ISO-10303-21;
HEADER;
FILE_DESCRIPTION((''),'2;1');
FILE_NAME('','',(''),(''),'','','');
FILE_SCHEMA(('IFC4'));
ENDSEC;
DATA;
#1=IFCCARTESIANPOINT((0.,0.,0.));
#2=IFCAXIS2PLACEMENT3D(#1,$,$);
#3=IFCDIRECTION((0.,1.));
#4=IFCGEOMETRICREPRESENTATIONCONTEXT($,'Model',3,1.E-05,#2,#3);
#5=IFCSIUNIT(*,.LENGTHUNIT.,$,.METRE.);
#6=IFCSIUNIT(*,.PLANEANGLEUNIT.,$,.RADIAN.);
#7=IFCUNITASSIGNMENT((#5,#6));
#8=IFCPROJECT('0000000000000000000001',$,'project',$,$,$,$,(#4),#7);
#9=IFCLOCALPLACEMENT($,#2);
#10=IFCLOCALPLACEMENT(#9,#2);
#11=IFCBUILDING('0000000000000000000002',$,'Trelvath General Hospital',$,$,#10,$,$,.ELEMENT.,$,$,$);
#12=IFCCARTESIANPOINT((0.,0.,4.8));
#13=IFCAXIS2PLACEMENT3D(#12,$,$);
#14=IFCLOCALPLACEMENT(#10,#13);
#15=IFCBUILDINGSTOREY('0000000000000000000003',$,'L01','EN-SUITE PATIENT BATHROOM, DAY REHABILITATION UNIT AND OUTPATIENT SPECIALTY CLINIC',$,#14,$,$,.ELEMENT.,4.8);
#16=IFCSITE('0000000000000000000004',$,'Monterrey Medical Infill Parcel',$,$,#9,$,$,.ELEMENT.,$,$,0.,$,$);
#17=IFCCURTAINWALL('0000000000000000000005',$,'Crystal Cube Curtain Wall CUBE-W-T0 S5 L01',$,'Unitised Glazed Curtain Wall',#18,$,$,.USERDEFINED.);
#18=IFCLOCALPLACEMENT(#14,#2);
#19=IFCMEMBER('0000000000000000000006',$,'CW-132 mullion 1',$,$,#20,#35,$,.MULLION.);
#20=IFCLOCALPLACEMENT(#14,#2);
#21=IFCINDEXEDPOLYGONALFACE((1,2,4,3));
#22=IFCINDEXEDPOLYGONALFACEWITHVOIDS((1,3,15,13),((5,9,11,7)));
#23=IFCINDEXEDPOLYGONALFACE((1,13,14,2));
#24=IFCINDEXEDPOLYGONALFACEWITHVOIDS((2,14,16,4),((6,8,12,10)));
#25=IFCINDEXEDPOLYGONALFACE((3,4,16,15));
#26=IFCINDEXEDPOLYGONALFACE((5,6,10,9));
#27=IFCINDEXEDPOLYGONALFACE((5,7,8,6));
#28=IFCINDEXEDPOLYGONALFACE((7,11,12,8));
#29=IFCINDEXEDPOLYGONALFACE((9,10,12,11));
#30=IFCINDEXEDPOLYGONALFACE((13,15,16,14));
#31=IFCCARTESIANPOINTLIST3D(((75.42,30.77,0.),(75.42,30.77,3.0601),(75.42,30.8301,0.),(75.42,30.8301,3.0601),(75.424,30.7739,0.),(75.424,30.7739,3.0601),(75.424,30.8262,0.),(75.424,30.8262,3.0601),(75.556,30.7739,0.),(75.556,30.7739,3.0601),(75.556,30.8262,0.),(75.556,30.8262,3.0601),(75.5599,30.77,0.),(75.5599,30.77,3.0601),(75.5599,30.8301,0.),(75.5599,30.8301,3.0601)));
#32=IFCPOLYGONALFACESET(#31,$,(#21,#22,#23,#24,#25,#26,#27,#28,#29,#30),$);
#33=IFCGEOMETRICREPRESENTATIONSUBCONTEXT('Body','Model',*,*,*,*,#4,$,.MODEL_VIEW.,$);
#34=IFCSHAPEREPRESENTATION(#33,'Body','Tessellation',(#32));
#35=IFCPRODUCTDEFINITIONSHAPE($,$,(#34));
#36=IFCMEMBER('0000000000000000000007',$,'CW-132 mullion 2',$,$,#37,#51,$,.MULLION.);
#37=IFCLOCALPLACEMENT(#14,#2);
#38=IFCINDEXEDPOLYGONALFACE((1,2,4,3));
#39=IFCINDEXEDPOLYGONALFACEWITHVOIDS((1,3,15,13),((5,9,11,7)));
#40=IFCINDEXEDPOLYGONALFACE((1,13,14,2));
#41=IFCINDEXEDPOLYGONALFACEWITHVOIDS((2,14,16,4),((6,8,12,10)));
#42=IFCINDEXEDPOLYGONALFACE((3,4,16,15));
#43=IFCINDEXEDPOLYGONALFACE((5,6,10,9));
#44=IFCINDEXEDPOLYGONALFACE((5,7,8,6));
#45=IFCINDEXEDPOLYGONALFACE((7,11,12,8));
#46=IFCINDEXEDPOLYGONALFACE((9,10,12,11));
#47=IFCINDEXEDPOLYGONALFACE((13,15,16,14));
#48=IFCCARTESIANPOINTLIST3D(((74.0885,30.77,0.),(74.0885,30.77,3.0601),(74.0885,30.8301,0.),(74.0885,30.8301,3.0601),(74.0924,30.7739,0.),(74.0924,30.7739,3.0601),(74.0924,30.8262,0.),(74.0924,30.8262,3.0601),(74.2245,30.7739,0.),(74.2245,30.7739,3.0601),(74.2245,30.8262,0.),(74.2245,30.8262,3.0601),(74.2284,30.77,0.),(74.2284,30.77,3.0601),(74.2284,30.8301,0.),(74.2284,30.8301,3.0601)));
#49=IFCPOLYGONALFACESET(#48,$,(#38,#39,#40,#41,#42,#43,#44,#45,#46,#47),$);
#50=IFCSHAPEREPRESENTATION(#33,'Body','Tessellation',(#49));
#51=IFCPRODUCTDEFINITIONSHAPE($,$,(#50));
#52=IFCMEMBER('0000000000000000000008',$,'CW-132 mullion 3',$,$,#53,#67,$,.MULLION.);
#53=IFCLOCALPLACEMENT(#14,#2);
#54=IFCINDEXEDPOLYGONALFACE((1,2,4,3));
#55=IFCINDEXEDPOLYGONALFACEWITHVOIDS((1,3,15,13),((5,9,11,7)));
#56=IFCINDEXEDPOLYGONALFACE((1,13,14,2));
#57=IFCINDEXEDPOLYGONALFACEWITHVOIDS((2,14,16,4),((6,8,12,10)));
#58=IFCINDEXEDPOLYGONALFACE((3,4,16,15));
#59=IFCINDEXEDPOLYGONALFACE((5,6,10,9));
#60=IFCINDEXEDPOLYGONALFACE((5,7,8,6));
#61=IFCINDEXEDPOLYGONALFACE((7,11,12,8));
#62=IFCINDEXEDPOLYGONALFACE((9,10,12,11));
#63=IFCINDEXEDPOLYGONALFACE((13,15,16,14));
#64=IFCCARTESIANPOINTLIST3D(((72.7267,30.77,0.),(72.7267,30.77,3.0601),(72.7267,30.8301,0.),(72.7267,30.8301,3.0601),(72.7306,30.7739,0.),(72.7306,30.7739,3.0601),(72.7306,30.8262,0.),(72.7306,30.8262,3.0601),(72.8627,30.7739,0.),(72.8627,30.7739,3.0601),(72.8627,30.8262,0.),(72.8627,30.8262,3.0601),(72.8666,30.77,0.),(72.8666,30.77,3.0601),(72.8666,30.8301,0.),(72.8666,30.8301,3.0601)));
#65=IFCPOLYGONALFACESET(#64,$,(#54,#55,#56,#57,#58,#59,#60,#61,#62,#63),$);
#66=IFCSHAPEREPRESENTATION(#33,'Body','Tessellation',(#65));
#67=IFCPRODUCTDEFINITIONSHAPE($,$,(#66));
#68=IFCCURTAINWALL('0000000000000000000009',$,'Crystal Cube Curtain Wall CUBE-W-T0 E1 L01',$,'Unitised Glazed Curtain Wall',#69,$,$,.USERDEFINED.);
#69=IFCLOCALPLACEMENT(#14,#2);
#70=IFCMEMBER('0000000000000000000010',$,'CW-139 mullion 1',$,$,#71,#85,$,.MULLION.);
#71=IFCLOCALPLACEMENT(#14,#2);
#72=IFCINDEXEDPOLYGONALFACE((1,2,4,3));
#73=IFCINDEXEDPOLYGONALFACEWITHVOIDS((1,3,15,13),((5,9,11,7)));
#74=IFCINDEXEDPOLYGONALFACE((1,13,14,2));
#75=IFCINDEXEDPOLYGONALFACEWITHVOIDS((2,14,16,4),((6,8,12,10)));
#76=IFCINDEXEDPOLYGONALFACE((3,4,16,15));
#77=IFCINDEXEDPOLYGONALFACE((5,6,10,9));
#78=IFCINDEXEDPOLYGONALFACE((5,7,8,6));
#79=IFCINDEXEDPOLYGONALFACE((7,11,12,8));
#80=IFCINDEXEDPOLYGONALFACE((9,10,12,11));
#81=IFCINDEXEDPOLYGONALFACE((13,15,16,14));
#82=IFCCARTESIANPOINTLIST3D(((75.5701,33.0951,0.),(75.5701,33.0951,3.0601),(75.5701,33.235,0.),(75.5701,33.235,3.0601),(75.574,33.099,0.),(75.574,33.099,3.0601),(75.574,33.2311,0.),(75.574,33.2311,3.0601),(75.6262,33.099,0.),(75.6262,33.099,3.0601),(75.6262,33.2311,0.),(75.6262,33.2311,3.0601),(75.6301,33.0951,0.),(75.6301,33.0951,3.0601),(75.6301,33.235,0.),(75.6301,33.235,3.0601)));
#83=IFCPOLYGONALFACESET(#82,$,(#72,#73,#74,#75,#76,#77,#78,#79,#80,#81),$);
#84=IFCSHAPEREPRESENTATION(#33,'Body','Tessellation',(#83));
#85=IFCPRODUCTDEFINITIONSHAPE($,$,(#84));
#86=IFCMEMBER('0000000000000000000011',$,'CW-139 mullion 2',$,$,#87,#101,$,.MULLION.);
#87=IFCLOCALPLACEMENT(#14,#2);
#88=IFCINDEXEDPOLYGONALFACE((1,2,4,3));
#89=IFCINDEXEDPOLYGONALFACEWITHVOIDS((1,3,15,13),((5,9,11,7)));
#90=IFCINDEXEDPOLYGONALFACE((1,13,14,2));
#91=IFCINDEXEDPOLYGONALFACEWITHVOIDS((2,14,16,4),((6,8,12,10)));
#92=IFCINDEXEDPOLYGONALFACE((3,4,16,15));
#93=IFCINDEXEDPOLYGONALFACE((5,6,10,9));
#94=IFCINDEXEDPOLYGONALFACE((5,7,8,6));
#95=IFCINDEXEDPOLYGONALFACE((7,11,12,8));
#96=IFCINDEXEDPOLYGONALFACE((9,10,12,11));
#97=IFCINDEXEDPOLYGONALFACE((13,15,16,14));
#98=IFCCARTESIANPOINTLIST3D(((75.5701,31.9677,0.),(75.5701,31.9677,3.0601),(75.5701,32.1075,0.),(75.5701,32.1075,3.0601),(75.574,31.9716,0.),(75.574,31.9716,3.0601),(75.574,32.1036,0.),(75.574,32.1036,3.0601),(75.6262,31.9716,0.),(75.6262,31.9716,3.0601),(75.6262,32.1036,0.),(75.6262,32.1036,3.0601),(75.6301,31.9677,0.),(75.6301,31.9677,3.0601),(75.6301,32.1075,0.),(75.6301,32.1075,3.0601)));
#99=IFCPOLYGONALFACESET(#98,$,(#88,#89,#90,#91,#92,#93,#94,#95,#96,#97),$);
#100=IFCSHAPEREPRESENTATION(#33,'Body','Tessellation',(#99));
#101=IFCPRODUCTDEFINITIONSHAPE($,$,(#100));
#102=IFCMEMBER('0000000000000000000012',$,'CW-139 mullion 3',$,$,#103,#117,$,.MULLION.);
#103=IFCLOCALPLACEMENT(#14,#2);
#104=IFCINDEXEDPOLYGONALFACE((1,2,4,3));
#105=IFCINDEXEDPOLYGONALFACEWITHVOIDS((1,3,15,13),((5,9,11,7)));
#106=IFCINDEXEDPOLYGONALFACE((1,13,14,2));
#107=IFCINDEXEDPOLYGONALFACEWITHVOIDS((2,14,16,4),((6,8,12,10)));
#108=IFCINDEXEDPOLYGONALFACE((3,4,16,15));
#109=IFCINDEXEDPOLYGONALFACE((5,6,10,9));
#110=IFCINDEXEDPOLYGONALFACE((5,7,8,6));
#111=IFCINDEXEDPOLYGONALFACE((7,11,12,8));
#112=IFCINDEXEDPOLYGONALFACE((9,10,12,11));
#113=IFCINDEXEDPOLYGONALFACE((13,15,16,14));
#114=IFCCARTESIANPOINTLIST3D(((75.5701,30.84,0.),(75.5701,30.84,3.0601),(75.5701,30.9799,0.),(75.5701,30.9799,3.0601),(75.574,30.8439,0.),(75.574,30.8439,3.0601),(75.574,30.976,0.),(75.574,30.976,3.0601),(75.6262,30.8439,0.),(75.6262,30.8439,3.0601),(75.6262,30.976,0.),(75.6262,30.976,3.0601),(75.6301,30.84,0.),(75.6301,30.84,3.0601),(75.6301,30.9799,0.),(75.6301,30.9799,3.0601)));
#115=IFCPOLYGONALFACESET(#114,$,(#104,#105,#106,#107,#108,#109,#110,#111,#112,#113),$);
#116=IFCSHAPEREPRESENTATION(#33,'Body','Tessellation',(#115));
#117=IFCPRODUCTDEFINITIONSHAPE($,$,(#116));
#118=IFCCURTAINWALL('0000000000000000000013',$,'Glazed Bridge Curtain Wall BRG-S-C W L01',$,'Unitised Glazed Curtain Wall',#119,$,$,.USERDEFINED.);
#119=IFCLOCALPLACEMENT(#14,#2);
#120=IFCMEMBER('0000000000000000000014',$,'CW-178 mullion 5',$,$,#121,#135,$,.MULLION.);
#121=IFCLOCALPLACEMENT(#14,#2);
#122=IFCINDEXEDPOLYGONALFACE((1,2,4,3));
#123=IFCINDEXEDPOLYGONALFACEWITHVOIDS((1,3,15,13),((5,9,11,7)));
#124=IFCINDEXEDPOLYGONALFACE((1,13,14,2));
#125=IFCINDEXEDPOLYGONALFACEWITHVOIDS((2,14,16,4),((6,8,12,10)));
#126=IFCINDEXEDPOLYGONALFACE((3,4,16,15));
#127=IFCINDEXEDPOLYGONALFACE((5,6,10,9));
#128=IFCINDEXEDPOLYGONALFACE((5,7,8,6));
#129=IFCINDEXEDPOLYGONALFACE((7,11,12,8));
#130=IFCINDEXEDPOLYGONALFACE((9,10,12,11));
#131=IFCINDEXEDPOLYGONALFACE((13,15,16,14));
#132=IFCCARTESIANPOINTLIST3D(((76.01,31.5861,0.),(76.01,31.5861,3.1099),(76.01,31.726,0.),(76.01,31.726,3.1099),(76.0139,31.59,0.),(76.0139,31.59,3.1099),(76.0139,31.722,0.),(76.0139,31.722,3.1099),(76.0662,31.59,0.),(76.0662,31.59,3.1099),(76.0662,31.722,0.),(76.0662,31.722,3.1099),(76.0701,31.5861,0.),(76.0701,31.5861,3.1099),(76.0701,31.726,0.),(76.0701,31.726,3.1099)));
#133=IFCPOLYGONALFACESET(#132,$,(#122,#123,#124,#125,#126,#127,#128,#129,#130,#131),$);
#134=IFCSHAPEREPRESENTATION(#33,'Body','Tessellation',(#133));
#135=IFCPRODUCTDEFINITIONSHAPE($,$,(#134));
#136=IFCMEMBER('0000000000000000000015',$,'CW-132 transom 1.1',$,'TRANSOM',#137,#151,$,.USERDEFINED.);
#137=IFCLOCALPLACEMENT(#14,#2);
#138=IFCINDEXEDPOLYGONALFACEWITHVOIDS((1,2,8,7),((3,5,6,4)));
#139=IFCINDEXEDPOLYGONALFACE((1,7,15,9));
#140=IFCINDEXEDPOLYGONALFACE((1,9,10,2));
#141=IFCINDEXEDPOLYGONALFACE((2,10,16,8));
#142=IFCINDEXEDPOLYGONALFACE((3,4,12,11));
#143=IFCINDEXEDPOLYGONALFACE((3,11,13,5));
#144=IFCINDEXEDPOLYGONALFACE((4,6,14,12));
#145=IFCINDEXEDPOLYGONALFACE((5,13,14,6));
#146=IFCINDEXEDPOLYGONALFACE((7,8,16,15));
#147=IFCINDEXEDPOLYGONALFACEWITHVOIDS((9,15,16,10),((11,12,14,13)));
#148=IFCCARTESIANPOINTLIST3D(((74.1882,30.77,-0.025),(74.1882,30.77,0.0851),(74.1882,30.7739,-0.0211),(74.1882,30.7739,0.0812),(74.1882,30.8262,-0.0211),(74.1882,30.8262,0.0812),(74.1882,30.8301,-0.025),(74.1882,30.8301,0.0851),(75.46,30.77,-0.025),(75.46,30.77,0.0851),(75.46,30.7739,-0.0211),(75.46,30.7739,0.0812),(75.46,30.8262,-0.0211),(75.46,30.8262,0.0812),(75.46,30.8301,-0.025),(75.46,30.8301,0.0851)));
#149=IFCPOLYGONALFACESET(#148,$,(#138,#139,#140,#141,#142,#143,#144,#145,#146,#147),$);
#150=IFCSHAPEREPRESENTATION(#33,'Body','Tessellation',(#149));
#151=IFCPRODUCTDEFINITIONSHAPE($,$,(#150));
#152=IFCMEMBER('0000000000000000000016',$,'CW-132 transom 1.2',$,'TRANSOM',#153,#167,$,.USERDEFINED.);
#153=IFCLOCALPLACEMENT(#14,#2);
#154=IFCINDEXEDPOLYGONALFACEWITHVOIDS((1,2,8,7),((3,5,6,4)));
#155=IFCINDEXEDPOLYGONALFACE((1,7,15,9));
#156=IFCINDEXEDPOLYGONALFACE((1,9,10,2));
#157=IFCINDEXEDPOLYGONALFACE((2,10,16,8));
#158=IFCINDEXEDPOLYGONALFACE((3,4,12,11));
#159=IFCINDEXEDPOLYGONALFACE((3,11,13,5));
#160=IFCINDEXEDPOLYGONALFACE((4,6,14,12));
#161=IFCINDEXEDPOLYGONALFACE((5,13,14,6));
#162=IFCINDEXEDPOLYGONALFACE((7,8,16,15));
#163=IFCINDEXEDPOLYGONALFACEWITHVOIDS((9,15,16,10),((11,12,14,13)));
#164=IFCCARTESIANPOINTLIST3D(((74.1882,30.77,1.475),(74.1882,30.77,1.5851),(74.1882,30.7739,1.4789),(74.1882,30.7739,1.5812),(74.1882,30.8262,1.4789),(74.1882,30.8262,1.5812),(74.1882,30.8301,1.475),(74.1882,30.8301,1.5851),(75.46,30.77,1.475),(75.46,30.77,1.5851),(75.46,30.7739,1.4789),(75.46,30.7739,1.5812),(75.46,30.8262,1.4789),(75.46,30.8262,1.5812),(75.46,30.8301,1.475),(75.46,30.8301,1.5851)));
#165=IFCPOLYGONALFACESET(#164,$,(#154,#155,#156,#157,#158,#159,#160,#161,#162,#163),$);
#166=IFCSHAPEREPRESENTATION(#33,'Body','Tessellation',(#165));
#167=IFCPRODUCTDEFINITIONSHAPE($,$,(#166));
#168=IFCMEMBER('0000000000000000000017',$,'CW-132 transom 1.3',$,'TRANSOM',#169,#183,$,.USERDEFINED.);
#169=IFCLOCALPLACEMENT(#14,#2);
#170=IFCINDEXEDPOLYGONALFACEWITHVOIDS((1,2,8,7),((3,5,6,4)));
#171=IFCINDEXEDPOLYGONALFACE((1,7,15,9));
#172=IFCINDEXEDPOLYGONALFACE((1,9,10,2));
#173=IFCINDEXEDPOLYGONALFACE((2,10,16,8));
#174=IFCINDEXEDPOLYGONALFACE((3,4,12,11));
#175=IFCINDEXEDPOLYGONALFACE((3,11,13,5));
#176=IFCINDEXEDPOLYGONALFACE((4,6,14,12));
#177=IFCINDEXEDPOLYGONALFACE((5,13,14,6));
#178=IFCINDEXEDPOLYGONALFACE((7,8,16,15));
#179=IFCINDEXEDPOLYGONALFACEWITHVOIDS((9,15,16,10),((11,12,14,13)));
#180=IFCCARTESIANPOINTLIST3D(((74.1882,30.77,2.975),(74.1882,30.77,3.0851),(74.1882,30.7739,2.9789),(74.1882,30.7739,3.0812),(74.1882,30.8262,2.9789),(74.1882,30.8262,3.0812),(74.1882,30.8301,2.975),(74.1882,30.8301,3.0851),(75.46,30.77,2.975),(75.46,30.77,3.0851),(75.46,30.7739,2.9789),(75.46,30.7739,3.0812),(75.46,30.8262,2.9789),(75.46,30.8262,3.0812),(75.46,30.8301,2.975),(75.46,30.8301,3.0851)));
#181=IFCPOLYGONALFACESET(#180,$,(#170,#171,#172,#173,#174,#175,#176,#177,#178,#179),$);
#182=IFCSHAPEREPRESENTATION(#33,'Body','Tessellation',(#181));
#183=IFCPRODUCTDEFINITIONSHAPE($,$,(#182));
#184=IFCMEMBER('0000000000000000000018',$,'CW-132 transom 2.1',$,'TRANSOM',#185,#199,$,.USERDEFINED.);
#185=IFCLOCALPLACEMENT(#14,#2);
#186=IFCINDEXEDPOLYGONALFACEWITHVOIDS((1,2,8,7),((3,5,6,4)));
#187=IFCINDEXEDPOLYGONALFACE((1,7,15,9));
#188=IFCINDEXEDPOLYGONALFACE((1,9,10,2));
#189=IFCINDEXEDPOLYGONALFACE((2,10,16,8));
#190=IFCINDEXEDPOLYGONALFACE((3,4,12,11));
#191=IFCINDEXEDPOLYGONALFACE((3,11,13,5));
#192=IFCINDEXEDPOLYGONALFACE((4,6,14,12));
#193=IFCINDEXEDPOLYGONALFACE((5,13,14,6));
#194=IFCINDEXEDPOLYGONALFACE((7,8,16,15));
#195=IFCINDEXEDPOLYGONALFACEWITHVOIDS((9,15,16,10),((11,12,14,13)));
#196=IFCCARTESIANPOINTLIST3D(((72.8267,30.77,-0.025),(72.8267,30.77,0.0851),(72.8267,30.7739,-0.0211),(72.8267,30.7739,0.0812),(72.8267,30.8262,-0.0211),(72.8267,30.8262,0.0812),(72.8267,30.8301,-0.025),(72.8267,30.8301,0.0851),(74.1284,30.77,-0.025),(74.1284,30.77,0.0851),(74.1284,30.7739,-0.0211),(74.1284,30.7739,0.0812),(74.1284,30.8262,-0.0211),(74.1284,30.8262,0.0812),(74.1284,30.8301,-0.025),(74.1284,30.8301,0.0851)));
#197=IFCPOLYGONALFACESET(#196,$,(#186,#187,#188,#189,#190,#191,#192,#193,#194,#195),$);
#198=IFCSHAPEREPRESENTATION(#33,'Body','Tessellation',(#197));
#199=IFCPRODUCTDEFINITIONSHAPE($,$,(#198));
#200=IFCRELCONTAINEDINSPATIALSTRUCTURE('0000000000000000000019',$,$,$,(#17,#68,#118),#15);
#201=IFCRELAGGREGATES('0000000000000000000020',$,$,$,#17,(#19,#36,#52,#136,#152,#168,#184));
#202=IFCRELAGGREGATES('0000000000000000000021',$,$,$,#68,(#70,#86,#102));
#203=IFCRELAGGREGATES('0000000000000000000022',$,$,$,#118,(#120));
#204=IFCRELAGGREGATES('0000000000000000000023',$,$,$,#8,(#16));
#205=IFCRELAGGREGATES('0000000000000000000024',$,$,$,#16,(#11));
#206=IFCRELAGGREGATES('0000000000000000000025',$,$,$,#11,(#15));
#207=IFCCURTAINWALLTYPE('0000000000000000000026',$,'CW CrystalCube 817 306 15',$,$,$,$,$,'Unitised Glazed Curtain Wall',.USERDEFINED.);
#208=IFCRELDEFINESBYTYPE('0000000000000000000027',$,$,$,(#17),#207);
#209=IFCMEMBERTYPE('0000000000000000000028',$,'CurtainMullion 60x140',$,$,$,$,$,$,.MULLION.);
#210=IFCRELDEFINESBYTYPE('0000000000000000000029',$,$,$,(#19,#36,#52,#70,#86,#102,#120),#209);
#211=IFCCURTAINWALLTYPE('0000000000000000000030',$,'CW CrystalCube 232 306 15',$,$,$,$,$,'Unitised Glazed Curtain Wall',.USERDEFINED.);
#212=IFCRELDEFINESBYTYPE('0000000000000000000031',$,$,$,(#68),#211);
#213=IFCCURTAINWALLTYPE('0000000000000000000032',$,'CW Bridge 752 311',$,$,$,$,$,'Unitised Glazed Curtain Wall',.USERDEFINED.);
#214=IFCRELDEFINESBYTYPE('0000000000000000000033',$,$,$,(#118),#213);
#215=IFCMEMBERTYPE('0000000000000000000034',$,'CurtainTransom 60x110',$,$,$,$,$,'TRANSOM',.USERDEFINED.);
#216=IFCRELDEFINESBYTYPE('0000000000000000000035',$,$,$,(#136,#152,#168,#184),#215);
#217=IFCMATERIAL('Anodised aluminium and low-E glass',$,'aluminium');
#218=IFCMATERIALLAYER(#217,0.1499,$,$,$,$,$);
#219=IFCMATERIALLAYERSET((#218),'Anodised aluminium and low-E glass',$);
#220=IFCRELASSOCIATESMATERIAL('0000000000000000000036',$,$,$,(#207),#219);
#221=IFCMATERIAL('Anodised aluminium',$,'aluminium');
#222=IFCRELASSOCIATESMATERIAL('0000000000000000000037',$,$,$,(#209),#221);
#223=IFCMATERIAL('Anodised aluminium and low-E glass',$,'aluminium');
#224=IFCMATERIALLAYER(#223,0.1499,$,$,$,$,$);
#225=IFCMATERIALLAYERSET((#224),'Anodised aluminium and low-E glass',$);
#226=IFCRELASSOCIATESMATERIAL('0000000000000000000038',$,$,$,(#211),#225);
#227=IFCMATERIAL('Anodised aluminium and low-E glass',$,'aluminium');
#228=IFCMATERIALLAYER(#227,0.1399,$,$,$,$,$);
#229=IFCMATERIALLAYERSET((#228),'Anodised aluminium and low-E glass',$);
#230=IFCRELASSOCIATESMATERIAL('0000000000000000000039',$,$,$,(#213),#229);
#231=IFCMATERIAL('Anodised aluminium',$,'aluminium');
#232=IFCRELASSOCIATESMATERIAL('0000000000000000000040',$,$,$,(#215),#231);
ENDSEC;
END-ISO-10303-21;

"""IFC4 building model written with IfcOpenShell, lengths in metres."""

from ifc_helpers import new_model, si_unit, direction, frame, origin, origin_2d, place, context, subcontext, project, spatial, hollow_rectangle, extrude, material, layer, layer_set, material_profile, profile_set, type_object, element, aggregate, save


model = new_model("IFC4")

# Units and contexts
model_context = context("Model", 3, precision=1e-05, world=origin(), true_north=direction((0.0, 1.0)))
body_context = subcontext(model_context, "Body", "Model", "MODEL_VIEW")
ifc_project = project(units=[si_unit("LENGTHUNIT", "METRE"), si_unit("PLANEANGLEUNIT", "RADIAN")], contexts=[model_context])

# Site, building, storey
site_placement = place(None, origin())
site = spatial("IfcSite", under=ifc_project, at=site_placement, Name="Monterrey Medical Infill Parcel", CompositionType="ELEMENT", RefElevation=0.0)
building_placement = place(site_placement, origin())
building = spatial("IfcBuilding", under=site, at=building_placement, Name="Trelvath General Hospital", CompositionType="ELEMENT")
storey_placement = place(building_placement, frame((0.0, 0.0, 4.8)))
storey = spatial("IfcBuildingStorey", under=building, at=storey_placement, Name="L01", Description="EN-SUITE PATIENT BATHROOM, DAY REHABILITATION UNIT AND OUTPATIENT SPECIALTY CLINIC", CompositionType="ELEMENT", Elevation=4.8)

# Curtain walls, members
ifc_material_1 = material(Name="Anodised aluminium and low-E glass", Category="aluminium")
ifc_layer_1 = layer(ifc_material_1, 0.1499)
ifc_layer_set_1 = layer_set([ifc_layer_1], Name="Anodised aluminium and low-E glass")
curtain_wall_type_1 = type_object("IfcCurtainWallType", Name="CW CrystalCube 817 306 15", ElementType="Unitised Glazed Curtain Wall", PredefinedType="USERDEFINED", material=ifc_layer_set_1)
curtain_wall_1_placement = place(storey_placement, origin())
curtain_wall_1 = element("IfcCurtainWall", 1, at=curtain_wall_1_placement, inside=storey, type_object=curtain_wall_type_1, Name="Crystal Cube Curtain Wall CUBE-W-T0 S5 L01", ObjectType="Unitised Glazed Curtain Wall", PredefinedType="USERDEFINED")
ifc_material_2 = material(Name="Anodised aluminium", Category="aluminium")
ifc_material_profile_1 = material_profile(ifc_material_2, hollow_rectangle(XDim=0.0601, YDim=0.1399, WallThickness=0.0039, at=origin_2d()), Name="RHS60x140x4")
ifc_profile_set_1 = profile_set([ifc_material_profile_1], Name="Anodised aluminium")
member_type_1 = type_object("IfcMemberType", Name="CurtainMullion 60x140", PredefinedType="MULLION", material=ifc_profile_set_1)
member_1_placement = place(storey_placement, frame((75.49, 30.8, 0.0), z_axis=(0.0, 0.0, 1.0), x_axis=(0.0, -1.0, 0.0)))
member_1 = element("IfcMember", 2, at=member_1_placement, type_object=member_type_1, Name="CW-132 mullion 1", PredefinedType="MULLION", context=body_context, shape_type="SweptSolid", body=[
    extrude(hollow_rectangle(XDim=0.0601, YDim=0.1399, WallThickness=0.0039, at=origin_2d()), origin(), (0.0, 0.0, 1.0), 3.0601),
])
member_2_placement = place(storey_placement, frame((74.1584, 30.8, 0.0), z_axis=(0.0, 0.0, 1.0), x_axis=(0.0, -1.0, 0.0)))
member_2 = element("IfcMember", 3, at=member_2_placement, type_object=member_type_1, Name="CW-132 mullion 2", PredefinedType="MULLION", context=body_context, shape_type="SweptSolid", body=[
    extrude(hollow_rectangle(XDim=0.0601, YDim=0.1399, WallThickness=0.0039, at=origin_2d()), origin(), (0.0, 0.0, 1.0), 3.0601),
])
member_3_placement = place(storey_placement, frame((72.7966, 30.8, 0.0), z_axis=(0.0, 0.0, 1.0), x_axis=(0.0, -1.0, 0.0)))
member_3 = element("IfcMember", 4, at=member_3_placement, type_object=member_type_1, Name="CW-132 mullion 3", PredefinedType="MULLION", context=body_context, shape_type="SweptSolid", body=[
    extrude(hollow_rectangle(XDim=0.0601, YDim=0.1399, WallThickness=0.0039, at=origin_2d()), origin(), (0.0, 0.0, 1.0), 3.0601),
])
ifc_material_3 = material(Name="Anodised aluminium and low-E glass", Category="aluminium")
ifc_layer_2 = layer(ifc_material_3, 0.1499)
ifc_layer_set_2 = layer_set([ifc_layer_2], Name="Anodised aluminium and low-E glass")
curtain_wall_type_2 = type_object("IfcCurtainWallType", Name="CW CrystalCube 232 306 15", ElementType="Unitised Glazed Curtain Wall", PredefinedType="USERDEFINED", material=ifc_layer_set_2)
curtain_wall_2_placement = place(storey_placement, origin())
curtain_wall_2 = element("IfcCurtainWall", 5, at=curtain_wall_2_placement, inside=storey, type_object=curtain_wall_type_2, Name="Crystal Cube Curtain Wall CUBE-W-T0 E1 L01", ObjectType="Unitised Glazed Curtain Wall", PredefinedType="USERDEFINED")
member_4_placement = place(storey_placement, frame((75.6001, 33.165, 0.0), z_axis=(0.0, 0.0, 1.0), x_axis=(1.0, 0.0, 0.0)))
member_4 = element("IfcMember", 6, at=member_4_placement, type_object=member_type_1, Name="CW-139 mullion 1", PredefinedType="MULLION", context=body_context, shape_type="SweptSolid", body=[
    extrude(hollow_rectangle(XDim=0.0601, YDim=0.1399, WallThickness=0.0039, at=origin_2d()), origin(), (0.0, 0.0, 1.0), 3.0601),
])
member_5_placement = place(storey_placement, frame((75.6001, 32.0376, 0.0), z_axis=(0.0, 0.0, 1.0), x_axis=(1.0, 0.0, 0.0)))
member_5 = element("IfcMember", 7, at=member_5_placement, type_object=member_type_1, Name="CW-139 mullion 2", PredefinedType="MULLION", context=body_context, shape_type="SweptSolid", body=[
    extrude(hollow_rectangle(XDim=0.0601, YDim=0.1399, WallThickness=0.0039, at=origin_2d()), origin(), (0.0, 0.0, 1.0), 3.0601),
])
member_6_placement = place(storey_placement, frame((75.6001, 30.9099, 0.0), z_axis=(0.0, 0.0, 1.0), x_axis=(1.0, 0.0, 0.0)))
member_6 = element("IfcMember", 8, at=member_6_placement, type_object=member_type_1, Name="CW-139 mullion 3", PredefinedType="MULLION", context=body_context, shape_type="SweptSolid", body=[
    extrude(hollow_rectangle(XDim=0.0601, YDim=0.1399, WallThickness=0.0039, at=origin_2d()), origin(), (0.0, 0.0, 1.0), 3.0601),
])

# Curtain wall, member
ifc_material_4 = material(Name="Anodised aluminium and low-E glass", Category="aluminium")
ifc_layer_3 = layer(ifc_material_4, 0.1399)
ifc_layer_set_3 = layer_set([ifc_layer_3], Name="Anodised aluminium and low-E glass")
curtain_wall_type_3 = type_object("IfcCurtainWallType", Name="CW Bridge 752 311", ElementType="Unitised Glazed Curtain Wall", PredefinedType="USERDEFINED", material=ifc_layer_set_3)
curtain_wall_3_placement = place(storey_placement, origin())
curtain_wall_3 = element("IfcCurtainWall", 9, at=curtain_wall_3_placement, inside=storey, type_object=curtain_wall_type_3, Name="Glazed Bridge Curtain Wall BRG-S-C W L01", ObjectType="Unitised Glazed Curtain Wall", PredefinedType="USERDEFINED")
member_7_placement = place(storey_placement, frame((76.04, 31.656, 0.0), z_axis=(0.0, 0.0, 1.0), x_axis=(-1.0, 0.0, 0.0)))
member_7 = element("IfcMember", 10, at=member_7_placement, type_object=member_type_1, Name="CW-178 mullion 5", PredefinedType="MULLION", context=body_context, shape_type="SweptSolid", body=[
    extrude(hollow_rectangle(XDim=0.0601, YDim=0.1399, WallThickness=0.0039, at=origin_2d()), origin(), (0.0, 0.0, 1.0), 3.1099),
])

# Members
ifc_material_5 = material(Name="Anodised aluminium", Category="aluminium")
ifc_material_profile_2 = material_profile(ifc_material_5, hollow_rectangle(XDim=0.0601, YDim=0.1101, WallThickness=0.0039, at=origin_2d()), Name="RHS60x110x4")
ifc_profile_set_2 = profile_set([ifc_material_profile_2], Name="Anodised aluminium")
member_type_2 = type_object("IfcMemberType", Name="CurtainTransom 60x110", ElementType="TRANSOM", PredefinedType="USERDEFINED", material=ifc_profile_set_2)
member_8_placement = place(storey_placement, frame((75.46, 30.8, 0.03), z_axis=(-1.0, 0.0, 0.0), x_axis=(0.0, -1.0, 0.0)))
member_8 = element("IfcMember", 11, at=member_8_placement, type_object=member_type_2, Name="CW-132 transom 1.1", ObjectType="TRANSOM", PredefinedType="USERDEFINED", context=body_context, shape_type="SweptSolid", body=[
    extrude(hollow_rectangle(XDim=0.0601, YDim=0.1101, WallThickness=0.0039, at=origin_2d()), origin(), (0.0, 0.0, 1.0), 1.2717),
])
member_9_placement = place(storey_placement, frame((75.46, 30.8, 1.53), z_axis=(-1.0, 0.0, 0.0), x_axis=(0.0, -1.0, 0.0)))
member_9 = element("IfcMember", 12, at=member_9_placement, type_object=member_type_2, Name="CW-132 transom 1.2", ObjectType="TRANSOM", PredefinedType="USERDEFINED", context=body_context, shape_type="SweptSolid", body=[
    extrude(hollow_rectangle(XDim=0.0601, YDim=0.1101, WallThickness=0.0039, at=origin_2d()), origin(), (0.0, 0.0, 1.0), 1.2717),
])
member_10_placement = place(storey_placement, frame((75.46, 30.8, 3.03), z_axis=(-1.0, 0.0, 0.0), x_axis=(0.0, -1.0, 0.0)))
member_10 = element("IfcMember", 13, at=member_10_placement, type_object=member_type_2, Name="CW-132 transom 1.3", ObjectType="TRANSOM", PredefinedType="USERDEFINED", context=body_context, shape_type="SweptSolid", body=[
    extrude(hollow_rectangle(XDim=0.0601, YDim=0.1101, WallThickness=0.0039, at=origin_2d()), origin(), (0.0, 0.0, 1.0), 1.2717),
])
member_11_placement = place(storey_placement, frame((74.1284, 30.8, 0.03), z_axis=(-1.0, 0.0, 0.0), x_axis=(0.0, -1.0, 0.0)))
member_11 = element("IfcMember", 14, at=member_11_placement, type_object=member_type_2, Name="CW-132 transom 2.1", ObjectType="TRANSOM", PredefinedType="USERDEFINED", context=body_context, shape_type="SweptSolid", body=[
    extrude(hollow_rectangle(XDim=0.0601, YDim=0.1101, WallThickness=0.0039, at=origin_2d()), origin(), (0.0, 0.0, 1.0), 1.3018),
])

aggregate(curtain_wall_1, [member_1, member_2, member_3, member_8, member_9, member_10, member_11])
aggregate(curtain_wall_2, [member_4, member_5, member_6])
aggregate(curtain_wall_3, [member_7])

save(model, "model.ifc")
